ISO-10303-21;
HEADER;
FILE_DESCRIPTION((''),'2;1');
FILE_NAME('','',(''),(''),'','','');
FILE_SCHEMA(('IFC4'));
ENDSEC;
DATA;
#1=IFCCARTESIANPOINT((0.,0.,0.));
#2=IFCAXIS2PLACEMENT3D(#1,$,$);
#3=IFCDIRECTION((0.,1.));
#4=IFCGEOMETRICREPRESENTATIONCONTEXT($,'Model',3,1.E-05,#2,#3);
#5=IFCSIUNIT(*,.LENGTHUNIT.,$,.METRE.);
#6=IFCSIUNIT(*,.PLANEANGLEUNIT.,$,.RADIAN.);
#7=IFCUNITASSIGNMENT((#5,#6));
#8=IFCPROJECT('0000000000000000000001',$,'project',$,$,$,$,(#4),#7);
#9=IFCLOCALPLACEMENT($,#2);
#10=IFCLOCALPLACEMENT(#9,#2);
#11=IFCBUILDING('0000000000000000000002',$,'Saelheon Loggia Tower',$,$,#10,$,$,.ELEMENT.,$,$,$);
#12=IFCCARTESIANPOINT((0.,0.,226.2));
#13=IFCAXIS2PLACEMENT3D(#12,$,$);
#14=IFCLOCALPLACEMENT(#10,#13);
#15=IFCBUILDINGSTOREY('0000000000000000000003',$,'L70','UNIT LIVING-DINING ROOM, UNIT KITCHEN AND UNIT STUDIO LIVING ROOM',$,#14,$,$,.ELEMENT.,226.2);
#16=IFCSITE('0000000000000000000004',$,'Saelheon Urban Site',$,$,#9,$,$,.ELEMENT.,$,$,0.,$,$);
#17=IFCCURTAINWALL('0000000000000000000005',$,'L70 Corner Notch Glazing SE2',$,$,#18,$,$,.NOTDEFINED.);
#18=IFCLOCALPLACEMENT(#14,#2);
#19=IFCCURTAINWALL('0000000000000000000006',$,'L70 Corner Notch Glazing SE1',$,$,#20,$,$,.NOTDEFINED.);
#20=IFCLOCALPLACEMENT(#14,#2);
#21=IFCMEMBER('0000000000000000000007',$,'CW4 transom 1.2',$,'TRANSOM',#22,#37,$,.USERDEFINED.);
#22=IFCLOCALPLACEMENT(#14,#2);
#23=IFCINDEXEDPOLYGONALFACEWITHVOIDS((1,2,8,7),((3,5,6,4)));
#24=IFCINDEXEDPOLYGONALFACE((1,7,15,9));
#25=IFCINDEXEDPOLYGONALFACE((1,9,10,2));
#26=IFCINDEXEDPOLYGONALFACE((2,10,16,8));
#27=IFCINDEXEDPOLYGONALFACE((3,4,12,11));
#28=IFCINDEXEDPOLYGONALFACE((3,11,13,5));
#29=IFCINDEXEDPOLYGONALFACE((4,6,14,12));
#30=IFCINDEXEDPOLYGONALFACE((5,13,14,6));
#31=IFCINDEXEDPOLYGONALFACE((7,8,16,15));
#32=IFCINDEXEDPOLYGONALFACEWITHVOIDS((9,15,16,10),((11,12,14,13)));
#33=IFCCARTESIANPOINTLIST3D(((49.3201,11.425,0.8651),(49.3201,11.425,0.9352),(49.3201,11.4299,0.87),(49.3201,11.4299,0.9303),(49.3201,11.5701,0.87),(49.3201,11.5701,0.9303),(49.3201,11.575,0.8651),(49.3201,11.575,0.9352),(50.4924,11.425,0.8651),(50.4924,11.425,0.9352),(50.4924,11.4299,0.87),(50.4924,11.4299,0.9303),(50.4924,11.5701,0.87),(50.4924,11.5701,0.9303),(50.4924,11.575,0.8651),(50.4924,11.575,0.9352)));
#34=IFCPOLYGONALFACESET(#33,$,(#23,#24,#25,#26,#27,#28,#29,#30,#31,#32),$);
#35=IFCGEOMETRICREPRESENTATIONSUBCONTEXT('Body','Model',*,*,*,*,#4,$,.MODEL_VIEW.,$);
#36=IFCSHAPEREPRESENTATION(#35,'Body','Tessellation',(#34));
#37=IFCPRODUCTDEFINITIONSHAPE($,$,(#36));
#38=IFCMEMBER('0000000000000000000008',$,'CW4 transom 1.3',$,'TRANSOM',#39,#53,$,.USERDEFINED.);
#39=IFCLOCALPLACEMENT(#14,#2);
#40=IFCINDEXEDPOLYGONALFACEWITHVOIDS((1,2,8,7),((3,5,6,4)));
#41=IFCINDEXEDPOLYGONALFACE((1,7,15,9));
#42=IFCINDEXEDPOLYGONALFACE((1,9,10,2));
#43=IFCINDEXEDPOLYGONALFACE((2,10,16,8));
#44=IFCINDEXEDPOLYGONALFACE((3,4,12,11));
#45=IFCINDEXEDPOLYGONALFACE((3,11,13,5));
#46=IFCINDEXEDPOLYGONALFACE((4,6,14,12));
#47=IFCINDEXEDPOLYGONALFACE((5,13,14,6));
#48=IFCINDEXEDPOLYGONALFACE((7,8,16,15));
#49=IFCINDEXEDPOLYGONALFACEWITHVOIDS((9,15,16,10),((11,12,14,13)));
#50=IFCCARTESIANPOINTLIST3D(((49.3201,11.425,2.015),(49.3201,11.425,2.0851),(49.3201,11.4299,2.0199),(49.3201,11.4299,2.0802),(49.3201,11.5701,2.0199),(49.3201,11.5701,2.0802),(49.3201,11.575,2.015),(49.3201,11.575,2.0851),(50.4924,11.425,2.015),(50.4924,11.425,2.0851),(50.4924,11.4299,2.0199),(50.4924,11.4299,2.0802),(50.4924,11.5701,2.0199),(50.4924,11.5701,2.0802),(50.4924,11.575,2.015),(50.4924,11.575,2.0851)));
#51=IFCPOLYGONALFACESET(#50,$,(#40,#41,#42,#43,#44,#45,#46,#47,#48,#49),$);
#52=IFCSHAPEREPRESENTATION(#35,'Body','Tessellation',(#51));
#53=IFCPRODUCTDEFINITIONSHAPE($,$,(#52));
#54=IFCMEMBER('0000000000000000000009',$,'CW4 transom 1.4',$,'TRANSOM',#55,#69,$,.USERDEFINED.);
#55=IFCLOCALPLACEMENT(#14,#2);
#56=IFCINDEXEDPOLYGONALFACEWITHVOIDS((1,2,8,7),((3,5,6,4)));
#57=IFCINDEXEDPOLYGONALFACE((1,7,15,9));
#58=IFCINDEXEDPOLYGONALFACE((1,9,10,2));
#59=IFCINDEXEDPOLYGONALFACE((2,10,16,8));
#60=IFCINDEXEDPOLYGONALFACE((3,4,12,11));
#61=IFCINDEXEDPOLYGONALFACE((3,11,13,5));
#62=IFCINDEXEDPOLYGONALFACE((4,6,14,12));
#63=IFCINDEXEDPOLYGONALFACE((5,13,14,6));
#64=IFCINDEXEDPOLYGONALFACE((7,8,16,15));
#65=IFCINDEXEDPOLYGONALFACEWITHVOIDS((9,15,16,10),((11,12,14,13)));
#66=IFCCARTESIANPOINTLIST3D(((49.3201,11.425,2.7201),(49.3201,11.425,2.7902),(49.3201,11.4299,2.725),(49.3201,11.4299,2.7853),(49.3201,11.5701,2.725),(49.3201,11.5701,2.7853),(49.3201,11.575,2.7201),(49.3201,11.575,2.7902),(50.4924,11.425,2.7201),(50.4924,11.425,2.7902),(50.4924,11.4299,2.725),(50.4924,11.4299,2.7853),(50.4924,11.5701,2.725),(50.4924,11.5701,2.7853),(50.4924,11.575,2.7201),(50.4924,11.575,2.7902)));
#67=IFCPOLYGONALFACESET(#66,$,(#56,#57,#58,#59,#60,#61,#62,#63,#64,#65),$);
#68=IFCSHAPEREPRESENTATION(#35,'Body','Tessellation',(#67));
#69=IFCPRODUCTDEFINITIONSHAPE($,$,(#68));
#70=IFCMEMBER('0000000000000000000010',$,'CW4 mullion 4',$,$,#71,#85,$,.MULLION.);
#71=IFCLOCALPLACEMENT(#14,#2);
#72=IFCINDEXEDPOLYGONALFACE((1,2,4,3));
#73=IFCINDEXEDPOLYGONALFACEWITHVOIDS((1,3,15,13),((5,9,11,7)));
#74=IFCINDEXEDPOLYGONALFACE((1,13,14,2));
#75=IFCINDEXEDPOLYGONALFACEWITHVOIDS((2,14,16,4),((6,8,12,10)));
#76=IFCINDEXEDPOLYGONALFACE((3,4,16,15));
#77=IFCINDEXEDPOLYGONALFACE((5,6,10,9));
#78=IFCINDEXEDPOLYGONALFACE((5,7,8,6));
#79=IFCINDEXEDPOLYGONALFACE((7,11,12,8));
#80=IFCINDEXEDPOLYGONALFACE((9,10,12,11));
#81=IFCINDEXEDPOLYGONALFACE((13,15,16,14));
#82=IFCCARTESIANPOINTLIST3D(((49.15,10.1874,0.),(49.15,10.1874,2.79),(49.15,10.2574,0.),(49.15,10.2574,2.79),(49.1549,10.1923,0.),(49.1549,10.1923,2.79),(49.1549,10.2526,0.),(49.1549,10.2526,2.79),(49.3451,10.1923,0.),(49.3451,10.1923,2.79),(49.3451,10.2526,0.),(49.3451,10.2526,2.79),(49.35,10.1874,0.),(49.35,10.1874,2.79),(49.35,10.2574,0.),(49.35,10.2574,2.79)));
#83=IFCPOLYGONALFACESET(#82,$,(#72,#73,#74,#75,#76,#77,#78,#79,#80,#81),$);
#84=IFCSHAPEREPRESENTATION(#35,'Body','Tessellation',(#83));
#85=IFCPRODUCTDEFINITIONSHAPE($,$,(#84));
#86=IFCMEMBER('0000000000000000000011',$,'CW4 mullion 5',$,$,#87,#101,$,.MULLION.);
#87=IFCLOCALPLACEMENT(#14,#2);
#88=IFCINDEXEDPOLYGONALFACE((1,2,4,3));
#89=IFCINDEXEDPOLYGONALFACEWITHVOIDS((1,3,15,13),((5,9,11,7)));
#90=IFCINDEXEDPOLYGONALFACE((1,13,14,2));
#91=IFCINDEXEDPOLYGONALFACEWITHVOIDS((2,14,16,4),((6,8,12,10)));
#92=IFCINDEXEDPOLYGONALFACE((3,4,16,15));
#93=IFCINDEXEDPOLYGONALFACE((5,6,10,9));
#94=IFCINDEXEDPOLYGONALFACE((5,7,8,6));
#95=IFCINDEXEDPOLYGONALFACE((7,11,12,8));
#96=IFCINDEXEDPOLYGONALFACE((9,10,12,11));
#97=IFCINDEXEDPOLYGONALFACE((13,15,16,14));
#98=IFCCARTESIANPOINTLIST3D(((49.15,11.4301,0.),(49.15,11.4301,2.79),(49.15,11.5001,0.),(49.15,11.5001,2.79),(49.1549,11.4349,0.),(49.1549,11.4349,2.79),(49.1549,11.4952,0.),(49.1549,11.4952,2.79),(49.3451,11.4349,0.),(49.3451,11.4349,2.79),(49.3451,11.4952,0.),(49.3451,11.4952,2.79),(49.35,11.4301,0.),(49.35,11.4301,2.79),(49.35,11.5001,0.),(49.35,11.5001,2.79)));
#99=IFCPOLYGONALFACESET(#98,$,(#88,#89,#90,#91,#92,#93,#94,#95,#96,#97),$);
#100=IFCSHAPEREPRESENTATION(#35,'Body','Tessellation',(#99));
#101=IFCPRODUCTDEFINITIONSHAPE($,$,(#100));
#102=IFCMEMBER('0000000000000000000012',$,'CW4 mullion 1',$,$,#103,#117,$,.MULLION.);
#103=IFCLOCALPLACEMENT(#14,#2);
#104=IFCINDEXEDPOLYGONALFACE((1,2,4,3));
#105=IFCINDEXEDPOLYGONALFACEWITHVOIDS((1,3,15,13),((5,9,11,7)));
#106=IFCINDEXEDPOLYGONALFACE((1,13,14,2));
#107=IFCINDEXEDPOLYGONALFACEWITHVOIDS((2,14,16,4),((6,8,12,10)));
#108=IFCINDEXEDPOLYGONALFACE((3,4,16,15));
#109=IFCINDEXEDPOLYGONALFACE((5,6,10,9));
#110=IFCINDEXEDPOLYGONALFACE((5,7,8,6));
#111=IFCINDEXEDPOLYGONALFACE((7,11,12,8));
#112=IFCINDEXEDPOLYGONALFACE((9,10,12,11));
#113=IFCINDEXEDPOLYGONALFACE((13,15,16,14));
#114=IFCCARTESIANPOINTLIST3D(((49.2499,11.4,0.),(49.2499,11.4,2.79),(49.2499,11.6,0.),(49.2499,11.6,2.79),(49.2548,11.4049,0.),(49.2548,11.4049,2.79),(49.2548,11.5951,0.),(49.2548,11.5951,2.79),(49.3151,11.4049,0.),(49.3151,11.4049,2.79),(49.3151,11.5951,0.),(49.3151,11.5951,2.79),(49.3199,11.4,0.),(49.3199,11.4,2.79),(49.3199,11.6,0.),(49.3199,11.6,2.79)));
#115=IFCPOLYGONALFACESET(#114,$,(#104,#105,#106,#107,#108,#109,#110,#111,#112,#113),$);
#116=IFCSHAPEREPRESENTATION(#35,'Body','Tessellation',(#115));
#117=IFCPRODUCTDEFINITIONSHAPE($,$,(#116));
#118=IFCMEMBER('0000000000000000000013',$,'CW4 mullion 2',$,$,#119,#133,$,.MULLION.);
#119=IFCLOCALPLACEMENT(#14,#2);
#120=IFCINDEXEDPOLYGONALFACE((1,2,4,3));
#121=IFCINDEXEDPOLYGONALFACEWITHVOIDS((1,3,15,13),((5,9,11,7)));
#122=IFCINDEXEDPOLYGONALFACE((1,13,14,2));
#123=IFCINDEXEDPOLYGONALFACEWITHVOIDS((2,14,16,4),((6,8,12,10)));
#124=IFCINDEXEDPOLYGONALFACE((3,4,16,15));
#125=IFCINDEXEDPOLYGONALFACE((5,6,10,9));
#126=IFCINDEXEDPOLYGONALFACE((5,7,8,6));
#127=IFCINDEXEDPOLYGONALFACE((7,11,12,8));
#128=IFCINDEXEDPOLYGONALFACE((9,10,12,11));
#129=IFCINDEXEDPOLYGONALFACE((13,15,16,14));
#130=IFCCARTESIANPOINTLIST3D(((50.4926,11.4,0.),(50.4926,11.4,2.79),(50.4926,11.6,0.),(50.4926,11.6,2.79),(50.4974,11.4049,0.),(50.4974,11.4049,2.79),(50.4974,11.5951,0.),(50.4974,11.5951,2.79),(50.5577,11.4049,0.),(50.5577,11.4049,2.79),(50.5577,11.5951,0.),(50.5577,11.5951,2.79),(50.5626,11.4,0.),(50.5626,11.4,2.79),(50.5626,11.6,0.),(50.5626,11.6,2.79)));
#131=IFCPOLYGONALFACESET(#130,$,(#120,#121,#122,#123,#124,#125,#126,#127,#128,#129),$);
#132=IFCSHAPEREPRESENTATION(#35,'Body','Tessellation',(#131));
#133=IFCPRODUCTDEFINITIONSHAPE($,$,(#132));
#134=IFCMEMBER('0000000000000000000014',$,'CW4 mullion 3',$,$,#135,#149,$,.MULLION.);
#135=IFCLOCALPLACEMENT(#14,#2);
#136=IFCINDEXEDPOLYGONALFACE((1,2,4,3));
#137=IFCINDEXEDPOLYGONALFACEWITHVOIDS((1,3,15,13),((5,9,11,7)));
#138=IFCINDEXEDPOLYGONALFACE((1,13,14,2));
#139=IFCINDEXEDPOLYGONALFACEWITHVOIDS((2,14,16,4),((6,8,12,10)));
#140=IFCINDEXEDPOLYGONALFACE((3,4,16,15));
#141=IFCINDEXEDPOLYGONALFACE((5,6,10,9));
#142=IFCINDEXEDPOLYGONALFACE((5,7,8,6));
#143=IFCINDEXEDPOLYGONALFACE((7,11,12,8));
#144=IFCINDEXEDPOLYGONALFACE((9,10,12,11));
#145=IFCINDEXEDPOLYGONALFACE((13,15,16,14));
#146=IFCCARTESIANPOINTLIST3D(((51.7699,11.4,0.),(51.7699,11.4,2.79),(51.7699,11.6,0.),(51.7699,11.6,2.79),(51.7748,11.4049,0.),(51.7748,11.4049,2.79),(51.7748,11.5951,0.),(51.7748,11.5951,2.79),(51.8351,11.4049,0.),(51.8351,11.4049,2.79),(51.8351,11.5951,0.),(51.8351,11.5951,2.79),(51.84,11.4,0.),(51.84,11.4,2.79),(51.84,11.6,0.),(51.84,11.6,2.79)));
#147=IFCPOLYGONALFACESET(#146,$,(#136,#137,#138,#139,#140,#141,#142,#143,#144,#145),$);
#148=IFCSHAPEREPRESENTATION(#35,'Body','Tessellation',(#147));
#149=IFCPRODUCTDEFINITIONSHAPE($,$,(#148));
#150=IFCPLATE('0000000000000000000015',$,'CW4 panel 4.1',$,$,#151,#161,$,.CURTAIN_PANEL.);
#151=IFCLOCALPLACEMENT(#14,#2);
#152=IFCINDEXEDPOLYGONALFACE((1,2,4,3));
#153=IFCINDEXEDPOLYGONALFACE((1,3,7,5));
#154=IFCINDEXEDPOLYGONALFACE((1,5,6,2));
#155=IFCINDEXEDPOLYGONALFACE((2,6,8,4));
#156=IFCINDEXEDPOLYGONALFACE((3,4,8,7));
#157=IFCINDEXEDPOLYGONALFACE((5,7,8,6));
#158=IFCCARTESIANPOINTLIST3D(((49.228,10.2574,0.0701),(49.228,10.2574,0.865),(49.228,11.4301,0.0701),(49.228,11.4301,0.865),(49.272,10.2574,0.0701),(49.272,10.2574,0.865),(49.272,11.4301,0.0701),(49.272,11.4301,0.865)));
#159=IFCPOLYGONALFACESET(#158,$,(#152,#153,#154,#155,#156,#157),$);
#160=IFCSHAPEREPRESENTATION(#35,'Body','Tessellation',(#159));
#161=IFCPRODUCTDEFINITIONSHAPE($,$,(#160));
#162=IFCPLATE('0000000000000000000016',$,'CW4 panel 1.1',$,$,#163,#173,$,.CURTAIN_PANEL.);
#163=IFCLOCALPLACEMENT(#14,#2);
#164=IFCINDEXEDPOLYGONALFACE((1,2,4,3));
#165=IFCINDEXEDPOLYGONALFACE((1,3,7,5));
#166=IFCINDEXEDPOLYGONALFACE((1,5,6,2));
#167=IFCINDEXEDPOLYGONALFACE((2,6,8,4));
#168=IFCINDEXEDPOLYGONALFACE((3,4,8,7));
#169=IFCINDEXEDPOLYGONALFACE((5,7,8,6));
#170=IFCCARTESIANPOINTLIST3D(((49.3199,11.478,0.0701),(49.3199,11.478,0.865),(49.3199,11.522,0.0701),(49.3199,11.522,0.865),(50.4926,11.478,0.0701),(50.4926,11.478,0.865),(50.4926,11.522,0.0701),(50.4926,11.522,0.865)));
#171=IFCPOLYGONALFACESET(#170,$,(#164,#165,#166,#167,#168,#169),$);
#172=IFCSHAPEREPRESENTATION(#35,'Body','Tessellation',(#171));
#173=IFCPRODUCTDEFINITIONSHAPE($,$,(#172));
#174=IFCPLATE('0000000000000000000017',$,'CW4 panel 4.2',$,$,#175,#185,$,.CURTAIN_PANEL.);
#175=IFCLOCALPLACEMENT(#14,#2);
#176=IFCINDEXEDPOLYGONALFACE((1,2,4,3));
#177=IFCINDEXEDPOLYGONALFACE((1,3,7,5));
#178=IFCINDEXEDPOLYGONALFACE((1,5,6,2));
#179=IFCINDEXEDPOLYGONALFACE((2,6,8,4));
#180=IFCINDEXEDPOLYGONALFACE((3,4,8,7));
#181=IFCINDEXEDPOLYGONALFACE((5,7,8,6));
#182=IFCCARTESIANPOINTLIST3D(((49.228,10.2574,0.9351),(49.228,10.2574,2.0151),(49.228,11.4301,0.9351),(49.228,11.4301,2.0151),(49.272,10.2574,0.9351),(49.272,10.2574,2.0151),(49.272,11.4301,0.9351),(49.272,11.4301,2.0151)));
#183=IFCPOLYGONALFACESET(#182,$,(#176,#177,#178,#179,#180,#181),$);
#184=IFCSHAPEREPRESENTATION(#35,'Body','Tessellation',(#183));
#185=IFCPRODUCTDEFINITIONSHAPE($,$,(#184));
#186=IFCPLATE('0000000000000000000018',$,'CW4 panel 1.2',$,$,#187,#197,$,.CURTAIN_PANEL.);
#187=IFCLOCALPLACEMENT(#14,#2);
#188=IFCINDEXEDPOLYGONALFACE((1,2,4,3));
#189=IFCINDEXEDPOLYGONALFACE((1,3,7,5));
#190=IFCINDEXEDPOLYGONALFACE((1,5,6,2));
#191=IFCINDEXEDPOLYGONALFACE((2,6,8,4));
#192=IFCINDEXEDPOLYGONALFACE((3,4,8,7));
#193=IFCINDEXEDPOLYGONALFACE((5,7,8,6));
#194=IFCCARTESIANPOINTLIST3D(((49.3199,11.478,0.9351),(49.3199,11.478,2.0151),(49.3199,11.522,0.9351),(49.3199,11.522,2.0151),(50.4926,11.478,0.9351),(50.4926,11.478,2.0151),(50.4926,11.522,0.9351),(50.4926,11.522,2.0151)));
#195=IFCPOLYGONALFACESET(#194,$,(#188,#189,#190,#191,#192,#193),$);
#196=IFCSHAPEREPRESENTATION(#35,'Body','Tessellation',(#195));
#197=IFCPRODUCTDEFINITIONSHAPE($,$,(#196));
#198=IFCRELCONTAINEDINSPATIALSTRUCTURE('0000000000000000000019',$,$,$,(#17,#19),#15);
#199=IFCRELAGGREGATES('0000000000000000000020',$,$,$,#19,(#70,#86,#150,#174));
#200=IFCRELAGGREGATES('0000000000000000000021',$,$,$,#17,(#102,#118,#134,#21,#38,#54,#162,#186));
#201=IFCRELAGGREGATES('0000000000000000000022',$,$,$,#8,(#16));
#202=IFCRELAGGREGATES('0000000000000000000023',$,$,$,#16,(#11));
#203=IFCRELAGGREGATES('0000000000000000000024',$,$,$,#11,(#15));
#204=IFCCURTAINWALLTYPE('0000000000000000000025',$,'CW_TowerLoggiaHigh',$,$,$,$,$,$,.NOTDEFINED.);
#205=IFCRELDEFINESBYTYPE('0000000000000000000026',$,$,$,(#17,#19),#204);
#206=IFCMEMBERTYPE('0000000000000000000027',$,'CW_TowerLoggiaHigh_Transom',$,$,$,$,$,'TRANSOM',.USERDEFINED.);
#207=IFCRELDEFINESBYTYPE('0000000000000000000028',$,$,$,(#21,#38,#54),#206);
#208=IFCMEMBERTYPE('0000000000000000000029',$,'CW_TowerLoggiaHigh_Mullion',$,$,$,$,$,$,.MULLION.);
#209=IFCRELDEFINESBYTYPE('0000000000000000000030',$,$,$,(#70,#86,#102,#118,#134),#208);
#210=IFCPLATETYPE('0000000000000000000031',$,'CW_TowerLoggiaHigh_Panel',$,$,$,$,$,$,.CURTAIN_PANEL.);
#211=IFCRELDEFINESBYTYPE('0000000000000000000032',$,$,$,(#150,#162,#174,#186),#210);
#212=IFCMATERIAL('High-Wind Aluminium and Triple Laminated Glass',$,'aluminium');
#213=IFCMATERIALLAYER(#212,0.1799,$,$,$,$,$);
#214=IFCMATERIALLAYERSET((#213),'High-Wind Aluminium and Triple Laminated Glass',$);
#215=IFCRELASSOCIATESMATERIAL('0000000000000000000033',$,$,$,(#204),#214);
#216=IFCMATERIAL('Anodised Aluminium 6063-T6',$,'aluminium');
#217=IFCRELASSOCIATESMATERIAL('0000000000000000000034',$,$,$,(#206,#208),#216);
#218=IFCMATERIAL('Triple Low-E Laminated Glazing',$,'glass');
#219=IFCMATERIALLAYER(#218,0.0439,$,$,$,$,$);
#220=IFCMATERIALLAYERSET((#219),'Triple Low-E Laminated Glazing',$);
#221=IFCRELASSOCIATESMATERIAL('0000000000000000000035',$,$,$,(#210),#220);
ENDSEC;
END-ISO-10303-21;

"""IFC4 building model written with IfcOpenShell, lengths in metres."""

from ifc_helpers import new_model, si_unit, direction, frame, origin, origin_2d, place, context, subcontext, project, spatial, rectangle, hollow_rectangle, extrude, source, transform, mapped, material, layer, layer_set, material_profile, profile_set, type_object, element, aggregate, save


model = new_model("IFC4")

# Units and contexts
model_context = context("Model", 3, precision=1e-05, world=origin(), true_north=direction((0.0, 1.0)))
body_context = subcontext(model_context, "Body", "Model", "MODEL_VIEW")
ifc_project = project(units=[si_unit("LENGTHUNIT", "METRE"), si_unit("PLANEANGLEUNIT", "RADIAN")], contexts=[model_context])

# Site, building, storey
site_placement = place(None, origin())
site = spatial("IfcSite", under=ifc_project, at=site_placement, Name="Saelheon Urban Site", CompositionType="ELEMENT", RefElevation=0.0)
building_placement = place(site_placement, origin())
building = spatial("IfcBuilding", under=site, at=building_placement, Name="Saelheon Loggia Tower", CompositionType="ELEMENT")
storey_placement = place(building_placement, frame((0.0, 0.0, 226.2)))
storey = spatial("IfcBuildingStorey", under=building, at=storey_placement, Name="L70", Description="UNIT LIVING-DINING ROOM, UNIT KITCHEN AND UNIT STUDIO LIVING ROOM", CompositionType="ELEMENT", Elevation=226.2)

# Curtain walls
ifc_material_1 = material(Name="High-Wind Aluminium and Triple Laminated Glass", Category="aluminium")
ifc_layer_1 = layer(ifc_material_1, 0.1799)
ifc_layer_set_1 = layer_set([ifc_layer_1], Name="High-Wind Aluminium and Triple Laminated Glass")
curtain_wall_type = type_object("IfcCurtainWallType", Name="CW_TowerLoggiaHigh", PredefinedType="NOTDEFINED", material=ifc_layer_set_1)
curtain_wall_1_placement = place(storey_placement, origin())
curtain_wall_1 = element("IfcCurtainWall", 1, at=curtain_wall_1_placement, inside=storey, type_object=curtain_wall_type, Name="L70 Corner Notch Glazing SE2", PredefinedType="NOTDEFINED")
ifc_material_2 = material(Name="Anodised Aluminium 6063-T6", Category="aluminium")
ifc_material_profile_1 = material_profile(ifc_material_2, hollow_rectangle(XDim=0.0701, YDim=0.1499, WallThickness=0.0049, at=origin_2d()), Name="RHS-150x70x5")
ifc_profile_set_1 = profile_set([ifc_material_profile_1], Name="Anodised Aluminium 6063-T6")
member_type_1 = type_object("IfcMemberType", Name="CW_TowerLoggiaHigh_Transom", ElementType="TRANSOM", PredefinedType="USERDEFINED", material=ifc_profile_set_1)
curtain_wall_2_placement = place(storey_placement, origin())
curtain_wall_2 = element("IfcCurtainWall", 2, at=curtain_wall_2_placement, inside=storey, type_object=curtain_wall_type, Name="L70 Corner Notch Glazing SE1", PredefinedType="NOTDEFINED")
shared_shape_1 = source(origin(), body_context, "Body", "SweptSolid", [
    extrude(hollow_rectangle(XDim=0.0701, YDim=0.1499, WallThickness=0.0049, at=origin_2d()), origin(), (0.0, 0.0, 1.0), 1.1724),
])

# Members
member_1_placement = place(storey_placement, frame((49.3201, 11.5, 0.9001), z_axis=(1.0, 0.0, 0.0), x_axis=(0.0, 0.0, 1.0)))
member_1 = element("IfcMember", 3, at=member_1_placement, type_object=member_type_1, Name="CW4 transom 1.2", ObjectType="TRANSOM", PredefinedType="USERDEFINED", context=body_context, shape_type="MappedRepresentation", body=[
    mapped(shared_shape_1, transform((0.0, 0.0, 0.0), scale=1.0)),
])
member_2_placement = place(storey_placement, frame((49.3201, 11.5, 2.05), z_axis=(1.0, 0.0, 0.0), x_axis=(0.0, 0.0, 1.0)))
member_2 = element("IfcMember", 4, at=member_2_placement, type_object=member_type_1, Name="CW4 transom 1.3", ObjectType="TRANSOM", PredefinedType="USERDEFINED", context=body_context, shape_type="MappedRepresentation", body=[
    mapped(shared_shape_1, transform((0.0, 0.0, 0.0), scale=1.0)),
])
member_3_placement = place(storey_placement, frame((49.3201, 11.5, 2.7551), z_axis=(1.0, 0.0, 0.0), x_axis=(0.0, 0.0, 1.0)))
member_3 = element("IfcMember", 5, at=member_3_placement, type_object=member_type_1, Name="CW4 transom 1.4", ObjectType="TRANSOM", PredefinedType="USERDEFINED", context=body_context, shape_type="MappedRepresentation", body=[
    mapped(shared_shape_1, transform((0.0, 0.0, 0.0), scale=1.0)),
])
ifc_material_profile_2 = material_profile(ifc_material_2, hollow_rectangle(XDim=0.0701, YDim=0.2, WallThickness=0.0049, at=origin_2d()), Name="RHS-200x70x5")
ifc_profile_set_2 = profile_set([ifc_material_profile_2], Name="Anodised Aluminium 6063-T6")
member_type_2 = type_object("IfcMemberType", Name="CW_TowerLoggiaHigh_Mullion", PredefinedType="MULLION", material=ifc_profile_set_2)
shared_shape_2 = source(origin(), body_context, "Body", "SweptSolid", [
    extrude(hollow_rectangle(XDim=0.0701, YDim=0.2, WallThickness=0.0049, at=origin_2d()), origin(), (0.0, 0.0, 1.0), 2.79),
])
member_4_placement = place(storey_placement, frame((49.25, 10.2224, 0.0), z_axis=(0.0, 0.0, 1.0), x_axis=(0.0, 1.0, 0.0)))
member_4 = element("IfcMember", 6, at=member_4_placement, type_object=member_type_2, Name="CW4 mullion 4", PredefinedType="MULLION", context=body_context, shape_type="MappedRepresentation", body=[
    mapped(shared_shape_2, transform((0.0, 0.0, 0.0), scale=1.0)),
])
member_5_placement = place(storey_placement, frame((49.25, 11.4651, 0.0), z_axis=(0.0, 0.0, 1.0), x_axis=(0.0, 1.0, 0.0)))
member_5 = element("IfcMember", 7, at=member_5_placement, type_object=member_type_2, Name="CW4 mullion 5", PredefinedType="MULLION", context=body_context, shape_type="MappedRepresentation", body=[
    mapped(shared_shape_2, transform((0.0, 0.0, 0.0), scale=1.0)),
])
member_6_placement = place(storey_placement, frame((49.2849, 11.5, 0.0), z_axis=(0.0, 0.0, 1.0), x_axis=(1.0, 0.0, 0.0)))
member_6 = element("IfcMember", 8, at=member_6_placement, type_object=member_type_2, Name="CW4 mullion 1", PredefinedType="MULLION", context=body_context, shape_type="MappedRepresentation", body=[
    mapped(shared_shape_2, transform((0.0, 0.0, 0.0), scale=1.0)),
])
member_7_placement = place(storey_placement, frame((50.5276, 11.5, 0.0), z_axis=(0.0, 0.0, 1.0), x_axis=(1.0, 0.0, 0.0)))
member_7 = element("IfcMember", 9, at=member_7_placement, type_object=member_type_2, Name="CW4 mullion 2", PredefinedType="MULLION", context=body_context, shape_type="MappedRepresentation", body=[
    mapped(shared_shape_2, transform((0.0, 0.0, 0.0), scale=1.0)),
])
member_8_placement = place(storey_placement, frame((51.8049, 11.5, 0.0), z_axis=(0.0, 0.0, 1.0), x_axis=(1.0, 0.0, 0.0)))
member_8 = element("IfcMember", 10, at=member_8_placement, type_object=member_type_2, Name="CW4 mullion 3", PredefinedType="MULLION", context=body_context, shape_type="MappedRepresentation", body=[
    mapped(shared_shape_2, transform((0.0, 0.0, 0.0), scale=1.0)),
])

# Plates
ifc_material_3 = material(Name="Triple Low-E Laminated Glazing", Category="glass")
ifc_layer_2 = layer(ifc_material_3, 0.0439)
ifc_layer_set_2 = layer_set([ifc_layer_2], Name="Triple Low-E Laminated Glazing")
plate_type = type_object("IfcPlateType", Name="CW_TowerLoggiaHigh_Panel", PredefinedType="CURTAIN_PANEL", material=ifc_layer_set_2)
shared_shape_3 = source(origin(), body_context, "Body", "SweptSolid", [
    extrude(rectangle(XDim=1.1726, YDim=0.0439, at=origin_2d()), origin(), (0.0, 0.0, 1.0), 0.7949),
])
plate_1_placement = place(storey_placement, frame((49.25, 10.8438, 0.0701), z_axis=(0.0, 0.0, 1.0), x_axis=(0.0, 1.0, 0.0)))
plate_1 = element("IfcPlate", 11, at=plate_1_placement, type_object=plate_type, Name="CW4 panel 4.1", PredefinedType="CURTAIN_PANEL", context=body_context, shape_type="MappedRepresentation", body=[
    mapped(shared_shape_3, transform((0.0, 0.0, 0.0), scale=1.0)),
])
plate_2_placement = place(storey_placement, frame((49.9062, 11.5, 0.0701), z_axis=(0.0, 0.0, 1.0), x_axis=(1.0, 0.0, 0.0)))
plate_2 = element("IfcPlate", 12, at=plate_2_placement, type_object=plate_type, Name="CW4 panel 1.1", PredefinedType="CURTAIN_PANEL", context=body_context, shape_type="MappedRepresentation", body=[
    mapped(shared_shape_3, transform((0.0, 0.0, 0.0), scale=1.0)),
])
shared_shape_4 = source(origin(), body_context, "Body", "SweptSolid", [
    extrude(rectangle(XDim=1.1726, YDim=0.0439, at=origin_2d()), origin(), (0.0, 0.0, 1.0), 1.0801),
])
plate_3_placement = place(storey_placement, frame((49.25, 10.8438, 0.9351), z_axis=(0.0, 0.0, 1.0), x_axis=(0.0, 1.0, 0.0)))
plate_3 = element("IfcPlate", 13, at=plate_3_placement, type_object=plate_type, Name="CW4 panel 4.2", PredefinedType="CURTAIN_PANEL", context=body_context, shape_type="MappedRepresentation", body=[
    mapped(shared_shape_4, transform((0.0, 0.0, 0.0), scale=1.0)),
])
plate_4_placement = place(storey_placement, frame((49.9062, 11.5, 0.9351), z_axis=(0.0, 0.0, 1.0), x_axis=(1.0, 0.0, 0.0)))
plate_4 = element("IfcPlate", 14, at=plate_4_placement, type_object=plate_type, Name="CW4 panel 1.2", PredefinedType="CURTAIN_PANEL", context=body_context, shape_type="MappedRepresentation", body=[
    mapped(shared_shape_4, transform((0.0, 0.0, 0.0), scale=1.0)),
])
aggregate(curtain_wall_2, [member_4, member_5, plate_1, plate_3])
aggregate(curtain_wall_1, [member_6, member_7, member_8, member_1, member_2, member_3, plate_2, plate_4])

save(model, "model.ifc")
